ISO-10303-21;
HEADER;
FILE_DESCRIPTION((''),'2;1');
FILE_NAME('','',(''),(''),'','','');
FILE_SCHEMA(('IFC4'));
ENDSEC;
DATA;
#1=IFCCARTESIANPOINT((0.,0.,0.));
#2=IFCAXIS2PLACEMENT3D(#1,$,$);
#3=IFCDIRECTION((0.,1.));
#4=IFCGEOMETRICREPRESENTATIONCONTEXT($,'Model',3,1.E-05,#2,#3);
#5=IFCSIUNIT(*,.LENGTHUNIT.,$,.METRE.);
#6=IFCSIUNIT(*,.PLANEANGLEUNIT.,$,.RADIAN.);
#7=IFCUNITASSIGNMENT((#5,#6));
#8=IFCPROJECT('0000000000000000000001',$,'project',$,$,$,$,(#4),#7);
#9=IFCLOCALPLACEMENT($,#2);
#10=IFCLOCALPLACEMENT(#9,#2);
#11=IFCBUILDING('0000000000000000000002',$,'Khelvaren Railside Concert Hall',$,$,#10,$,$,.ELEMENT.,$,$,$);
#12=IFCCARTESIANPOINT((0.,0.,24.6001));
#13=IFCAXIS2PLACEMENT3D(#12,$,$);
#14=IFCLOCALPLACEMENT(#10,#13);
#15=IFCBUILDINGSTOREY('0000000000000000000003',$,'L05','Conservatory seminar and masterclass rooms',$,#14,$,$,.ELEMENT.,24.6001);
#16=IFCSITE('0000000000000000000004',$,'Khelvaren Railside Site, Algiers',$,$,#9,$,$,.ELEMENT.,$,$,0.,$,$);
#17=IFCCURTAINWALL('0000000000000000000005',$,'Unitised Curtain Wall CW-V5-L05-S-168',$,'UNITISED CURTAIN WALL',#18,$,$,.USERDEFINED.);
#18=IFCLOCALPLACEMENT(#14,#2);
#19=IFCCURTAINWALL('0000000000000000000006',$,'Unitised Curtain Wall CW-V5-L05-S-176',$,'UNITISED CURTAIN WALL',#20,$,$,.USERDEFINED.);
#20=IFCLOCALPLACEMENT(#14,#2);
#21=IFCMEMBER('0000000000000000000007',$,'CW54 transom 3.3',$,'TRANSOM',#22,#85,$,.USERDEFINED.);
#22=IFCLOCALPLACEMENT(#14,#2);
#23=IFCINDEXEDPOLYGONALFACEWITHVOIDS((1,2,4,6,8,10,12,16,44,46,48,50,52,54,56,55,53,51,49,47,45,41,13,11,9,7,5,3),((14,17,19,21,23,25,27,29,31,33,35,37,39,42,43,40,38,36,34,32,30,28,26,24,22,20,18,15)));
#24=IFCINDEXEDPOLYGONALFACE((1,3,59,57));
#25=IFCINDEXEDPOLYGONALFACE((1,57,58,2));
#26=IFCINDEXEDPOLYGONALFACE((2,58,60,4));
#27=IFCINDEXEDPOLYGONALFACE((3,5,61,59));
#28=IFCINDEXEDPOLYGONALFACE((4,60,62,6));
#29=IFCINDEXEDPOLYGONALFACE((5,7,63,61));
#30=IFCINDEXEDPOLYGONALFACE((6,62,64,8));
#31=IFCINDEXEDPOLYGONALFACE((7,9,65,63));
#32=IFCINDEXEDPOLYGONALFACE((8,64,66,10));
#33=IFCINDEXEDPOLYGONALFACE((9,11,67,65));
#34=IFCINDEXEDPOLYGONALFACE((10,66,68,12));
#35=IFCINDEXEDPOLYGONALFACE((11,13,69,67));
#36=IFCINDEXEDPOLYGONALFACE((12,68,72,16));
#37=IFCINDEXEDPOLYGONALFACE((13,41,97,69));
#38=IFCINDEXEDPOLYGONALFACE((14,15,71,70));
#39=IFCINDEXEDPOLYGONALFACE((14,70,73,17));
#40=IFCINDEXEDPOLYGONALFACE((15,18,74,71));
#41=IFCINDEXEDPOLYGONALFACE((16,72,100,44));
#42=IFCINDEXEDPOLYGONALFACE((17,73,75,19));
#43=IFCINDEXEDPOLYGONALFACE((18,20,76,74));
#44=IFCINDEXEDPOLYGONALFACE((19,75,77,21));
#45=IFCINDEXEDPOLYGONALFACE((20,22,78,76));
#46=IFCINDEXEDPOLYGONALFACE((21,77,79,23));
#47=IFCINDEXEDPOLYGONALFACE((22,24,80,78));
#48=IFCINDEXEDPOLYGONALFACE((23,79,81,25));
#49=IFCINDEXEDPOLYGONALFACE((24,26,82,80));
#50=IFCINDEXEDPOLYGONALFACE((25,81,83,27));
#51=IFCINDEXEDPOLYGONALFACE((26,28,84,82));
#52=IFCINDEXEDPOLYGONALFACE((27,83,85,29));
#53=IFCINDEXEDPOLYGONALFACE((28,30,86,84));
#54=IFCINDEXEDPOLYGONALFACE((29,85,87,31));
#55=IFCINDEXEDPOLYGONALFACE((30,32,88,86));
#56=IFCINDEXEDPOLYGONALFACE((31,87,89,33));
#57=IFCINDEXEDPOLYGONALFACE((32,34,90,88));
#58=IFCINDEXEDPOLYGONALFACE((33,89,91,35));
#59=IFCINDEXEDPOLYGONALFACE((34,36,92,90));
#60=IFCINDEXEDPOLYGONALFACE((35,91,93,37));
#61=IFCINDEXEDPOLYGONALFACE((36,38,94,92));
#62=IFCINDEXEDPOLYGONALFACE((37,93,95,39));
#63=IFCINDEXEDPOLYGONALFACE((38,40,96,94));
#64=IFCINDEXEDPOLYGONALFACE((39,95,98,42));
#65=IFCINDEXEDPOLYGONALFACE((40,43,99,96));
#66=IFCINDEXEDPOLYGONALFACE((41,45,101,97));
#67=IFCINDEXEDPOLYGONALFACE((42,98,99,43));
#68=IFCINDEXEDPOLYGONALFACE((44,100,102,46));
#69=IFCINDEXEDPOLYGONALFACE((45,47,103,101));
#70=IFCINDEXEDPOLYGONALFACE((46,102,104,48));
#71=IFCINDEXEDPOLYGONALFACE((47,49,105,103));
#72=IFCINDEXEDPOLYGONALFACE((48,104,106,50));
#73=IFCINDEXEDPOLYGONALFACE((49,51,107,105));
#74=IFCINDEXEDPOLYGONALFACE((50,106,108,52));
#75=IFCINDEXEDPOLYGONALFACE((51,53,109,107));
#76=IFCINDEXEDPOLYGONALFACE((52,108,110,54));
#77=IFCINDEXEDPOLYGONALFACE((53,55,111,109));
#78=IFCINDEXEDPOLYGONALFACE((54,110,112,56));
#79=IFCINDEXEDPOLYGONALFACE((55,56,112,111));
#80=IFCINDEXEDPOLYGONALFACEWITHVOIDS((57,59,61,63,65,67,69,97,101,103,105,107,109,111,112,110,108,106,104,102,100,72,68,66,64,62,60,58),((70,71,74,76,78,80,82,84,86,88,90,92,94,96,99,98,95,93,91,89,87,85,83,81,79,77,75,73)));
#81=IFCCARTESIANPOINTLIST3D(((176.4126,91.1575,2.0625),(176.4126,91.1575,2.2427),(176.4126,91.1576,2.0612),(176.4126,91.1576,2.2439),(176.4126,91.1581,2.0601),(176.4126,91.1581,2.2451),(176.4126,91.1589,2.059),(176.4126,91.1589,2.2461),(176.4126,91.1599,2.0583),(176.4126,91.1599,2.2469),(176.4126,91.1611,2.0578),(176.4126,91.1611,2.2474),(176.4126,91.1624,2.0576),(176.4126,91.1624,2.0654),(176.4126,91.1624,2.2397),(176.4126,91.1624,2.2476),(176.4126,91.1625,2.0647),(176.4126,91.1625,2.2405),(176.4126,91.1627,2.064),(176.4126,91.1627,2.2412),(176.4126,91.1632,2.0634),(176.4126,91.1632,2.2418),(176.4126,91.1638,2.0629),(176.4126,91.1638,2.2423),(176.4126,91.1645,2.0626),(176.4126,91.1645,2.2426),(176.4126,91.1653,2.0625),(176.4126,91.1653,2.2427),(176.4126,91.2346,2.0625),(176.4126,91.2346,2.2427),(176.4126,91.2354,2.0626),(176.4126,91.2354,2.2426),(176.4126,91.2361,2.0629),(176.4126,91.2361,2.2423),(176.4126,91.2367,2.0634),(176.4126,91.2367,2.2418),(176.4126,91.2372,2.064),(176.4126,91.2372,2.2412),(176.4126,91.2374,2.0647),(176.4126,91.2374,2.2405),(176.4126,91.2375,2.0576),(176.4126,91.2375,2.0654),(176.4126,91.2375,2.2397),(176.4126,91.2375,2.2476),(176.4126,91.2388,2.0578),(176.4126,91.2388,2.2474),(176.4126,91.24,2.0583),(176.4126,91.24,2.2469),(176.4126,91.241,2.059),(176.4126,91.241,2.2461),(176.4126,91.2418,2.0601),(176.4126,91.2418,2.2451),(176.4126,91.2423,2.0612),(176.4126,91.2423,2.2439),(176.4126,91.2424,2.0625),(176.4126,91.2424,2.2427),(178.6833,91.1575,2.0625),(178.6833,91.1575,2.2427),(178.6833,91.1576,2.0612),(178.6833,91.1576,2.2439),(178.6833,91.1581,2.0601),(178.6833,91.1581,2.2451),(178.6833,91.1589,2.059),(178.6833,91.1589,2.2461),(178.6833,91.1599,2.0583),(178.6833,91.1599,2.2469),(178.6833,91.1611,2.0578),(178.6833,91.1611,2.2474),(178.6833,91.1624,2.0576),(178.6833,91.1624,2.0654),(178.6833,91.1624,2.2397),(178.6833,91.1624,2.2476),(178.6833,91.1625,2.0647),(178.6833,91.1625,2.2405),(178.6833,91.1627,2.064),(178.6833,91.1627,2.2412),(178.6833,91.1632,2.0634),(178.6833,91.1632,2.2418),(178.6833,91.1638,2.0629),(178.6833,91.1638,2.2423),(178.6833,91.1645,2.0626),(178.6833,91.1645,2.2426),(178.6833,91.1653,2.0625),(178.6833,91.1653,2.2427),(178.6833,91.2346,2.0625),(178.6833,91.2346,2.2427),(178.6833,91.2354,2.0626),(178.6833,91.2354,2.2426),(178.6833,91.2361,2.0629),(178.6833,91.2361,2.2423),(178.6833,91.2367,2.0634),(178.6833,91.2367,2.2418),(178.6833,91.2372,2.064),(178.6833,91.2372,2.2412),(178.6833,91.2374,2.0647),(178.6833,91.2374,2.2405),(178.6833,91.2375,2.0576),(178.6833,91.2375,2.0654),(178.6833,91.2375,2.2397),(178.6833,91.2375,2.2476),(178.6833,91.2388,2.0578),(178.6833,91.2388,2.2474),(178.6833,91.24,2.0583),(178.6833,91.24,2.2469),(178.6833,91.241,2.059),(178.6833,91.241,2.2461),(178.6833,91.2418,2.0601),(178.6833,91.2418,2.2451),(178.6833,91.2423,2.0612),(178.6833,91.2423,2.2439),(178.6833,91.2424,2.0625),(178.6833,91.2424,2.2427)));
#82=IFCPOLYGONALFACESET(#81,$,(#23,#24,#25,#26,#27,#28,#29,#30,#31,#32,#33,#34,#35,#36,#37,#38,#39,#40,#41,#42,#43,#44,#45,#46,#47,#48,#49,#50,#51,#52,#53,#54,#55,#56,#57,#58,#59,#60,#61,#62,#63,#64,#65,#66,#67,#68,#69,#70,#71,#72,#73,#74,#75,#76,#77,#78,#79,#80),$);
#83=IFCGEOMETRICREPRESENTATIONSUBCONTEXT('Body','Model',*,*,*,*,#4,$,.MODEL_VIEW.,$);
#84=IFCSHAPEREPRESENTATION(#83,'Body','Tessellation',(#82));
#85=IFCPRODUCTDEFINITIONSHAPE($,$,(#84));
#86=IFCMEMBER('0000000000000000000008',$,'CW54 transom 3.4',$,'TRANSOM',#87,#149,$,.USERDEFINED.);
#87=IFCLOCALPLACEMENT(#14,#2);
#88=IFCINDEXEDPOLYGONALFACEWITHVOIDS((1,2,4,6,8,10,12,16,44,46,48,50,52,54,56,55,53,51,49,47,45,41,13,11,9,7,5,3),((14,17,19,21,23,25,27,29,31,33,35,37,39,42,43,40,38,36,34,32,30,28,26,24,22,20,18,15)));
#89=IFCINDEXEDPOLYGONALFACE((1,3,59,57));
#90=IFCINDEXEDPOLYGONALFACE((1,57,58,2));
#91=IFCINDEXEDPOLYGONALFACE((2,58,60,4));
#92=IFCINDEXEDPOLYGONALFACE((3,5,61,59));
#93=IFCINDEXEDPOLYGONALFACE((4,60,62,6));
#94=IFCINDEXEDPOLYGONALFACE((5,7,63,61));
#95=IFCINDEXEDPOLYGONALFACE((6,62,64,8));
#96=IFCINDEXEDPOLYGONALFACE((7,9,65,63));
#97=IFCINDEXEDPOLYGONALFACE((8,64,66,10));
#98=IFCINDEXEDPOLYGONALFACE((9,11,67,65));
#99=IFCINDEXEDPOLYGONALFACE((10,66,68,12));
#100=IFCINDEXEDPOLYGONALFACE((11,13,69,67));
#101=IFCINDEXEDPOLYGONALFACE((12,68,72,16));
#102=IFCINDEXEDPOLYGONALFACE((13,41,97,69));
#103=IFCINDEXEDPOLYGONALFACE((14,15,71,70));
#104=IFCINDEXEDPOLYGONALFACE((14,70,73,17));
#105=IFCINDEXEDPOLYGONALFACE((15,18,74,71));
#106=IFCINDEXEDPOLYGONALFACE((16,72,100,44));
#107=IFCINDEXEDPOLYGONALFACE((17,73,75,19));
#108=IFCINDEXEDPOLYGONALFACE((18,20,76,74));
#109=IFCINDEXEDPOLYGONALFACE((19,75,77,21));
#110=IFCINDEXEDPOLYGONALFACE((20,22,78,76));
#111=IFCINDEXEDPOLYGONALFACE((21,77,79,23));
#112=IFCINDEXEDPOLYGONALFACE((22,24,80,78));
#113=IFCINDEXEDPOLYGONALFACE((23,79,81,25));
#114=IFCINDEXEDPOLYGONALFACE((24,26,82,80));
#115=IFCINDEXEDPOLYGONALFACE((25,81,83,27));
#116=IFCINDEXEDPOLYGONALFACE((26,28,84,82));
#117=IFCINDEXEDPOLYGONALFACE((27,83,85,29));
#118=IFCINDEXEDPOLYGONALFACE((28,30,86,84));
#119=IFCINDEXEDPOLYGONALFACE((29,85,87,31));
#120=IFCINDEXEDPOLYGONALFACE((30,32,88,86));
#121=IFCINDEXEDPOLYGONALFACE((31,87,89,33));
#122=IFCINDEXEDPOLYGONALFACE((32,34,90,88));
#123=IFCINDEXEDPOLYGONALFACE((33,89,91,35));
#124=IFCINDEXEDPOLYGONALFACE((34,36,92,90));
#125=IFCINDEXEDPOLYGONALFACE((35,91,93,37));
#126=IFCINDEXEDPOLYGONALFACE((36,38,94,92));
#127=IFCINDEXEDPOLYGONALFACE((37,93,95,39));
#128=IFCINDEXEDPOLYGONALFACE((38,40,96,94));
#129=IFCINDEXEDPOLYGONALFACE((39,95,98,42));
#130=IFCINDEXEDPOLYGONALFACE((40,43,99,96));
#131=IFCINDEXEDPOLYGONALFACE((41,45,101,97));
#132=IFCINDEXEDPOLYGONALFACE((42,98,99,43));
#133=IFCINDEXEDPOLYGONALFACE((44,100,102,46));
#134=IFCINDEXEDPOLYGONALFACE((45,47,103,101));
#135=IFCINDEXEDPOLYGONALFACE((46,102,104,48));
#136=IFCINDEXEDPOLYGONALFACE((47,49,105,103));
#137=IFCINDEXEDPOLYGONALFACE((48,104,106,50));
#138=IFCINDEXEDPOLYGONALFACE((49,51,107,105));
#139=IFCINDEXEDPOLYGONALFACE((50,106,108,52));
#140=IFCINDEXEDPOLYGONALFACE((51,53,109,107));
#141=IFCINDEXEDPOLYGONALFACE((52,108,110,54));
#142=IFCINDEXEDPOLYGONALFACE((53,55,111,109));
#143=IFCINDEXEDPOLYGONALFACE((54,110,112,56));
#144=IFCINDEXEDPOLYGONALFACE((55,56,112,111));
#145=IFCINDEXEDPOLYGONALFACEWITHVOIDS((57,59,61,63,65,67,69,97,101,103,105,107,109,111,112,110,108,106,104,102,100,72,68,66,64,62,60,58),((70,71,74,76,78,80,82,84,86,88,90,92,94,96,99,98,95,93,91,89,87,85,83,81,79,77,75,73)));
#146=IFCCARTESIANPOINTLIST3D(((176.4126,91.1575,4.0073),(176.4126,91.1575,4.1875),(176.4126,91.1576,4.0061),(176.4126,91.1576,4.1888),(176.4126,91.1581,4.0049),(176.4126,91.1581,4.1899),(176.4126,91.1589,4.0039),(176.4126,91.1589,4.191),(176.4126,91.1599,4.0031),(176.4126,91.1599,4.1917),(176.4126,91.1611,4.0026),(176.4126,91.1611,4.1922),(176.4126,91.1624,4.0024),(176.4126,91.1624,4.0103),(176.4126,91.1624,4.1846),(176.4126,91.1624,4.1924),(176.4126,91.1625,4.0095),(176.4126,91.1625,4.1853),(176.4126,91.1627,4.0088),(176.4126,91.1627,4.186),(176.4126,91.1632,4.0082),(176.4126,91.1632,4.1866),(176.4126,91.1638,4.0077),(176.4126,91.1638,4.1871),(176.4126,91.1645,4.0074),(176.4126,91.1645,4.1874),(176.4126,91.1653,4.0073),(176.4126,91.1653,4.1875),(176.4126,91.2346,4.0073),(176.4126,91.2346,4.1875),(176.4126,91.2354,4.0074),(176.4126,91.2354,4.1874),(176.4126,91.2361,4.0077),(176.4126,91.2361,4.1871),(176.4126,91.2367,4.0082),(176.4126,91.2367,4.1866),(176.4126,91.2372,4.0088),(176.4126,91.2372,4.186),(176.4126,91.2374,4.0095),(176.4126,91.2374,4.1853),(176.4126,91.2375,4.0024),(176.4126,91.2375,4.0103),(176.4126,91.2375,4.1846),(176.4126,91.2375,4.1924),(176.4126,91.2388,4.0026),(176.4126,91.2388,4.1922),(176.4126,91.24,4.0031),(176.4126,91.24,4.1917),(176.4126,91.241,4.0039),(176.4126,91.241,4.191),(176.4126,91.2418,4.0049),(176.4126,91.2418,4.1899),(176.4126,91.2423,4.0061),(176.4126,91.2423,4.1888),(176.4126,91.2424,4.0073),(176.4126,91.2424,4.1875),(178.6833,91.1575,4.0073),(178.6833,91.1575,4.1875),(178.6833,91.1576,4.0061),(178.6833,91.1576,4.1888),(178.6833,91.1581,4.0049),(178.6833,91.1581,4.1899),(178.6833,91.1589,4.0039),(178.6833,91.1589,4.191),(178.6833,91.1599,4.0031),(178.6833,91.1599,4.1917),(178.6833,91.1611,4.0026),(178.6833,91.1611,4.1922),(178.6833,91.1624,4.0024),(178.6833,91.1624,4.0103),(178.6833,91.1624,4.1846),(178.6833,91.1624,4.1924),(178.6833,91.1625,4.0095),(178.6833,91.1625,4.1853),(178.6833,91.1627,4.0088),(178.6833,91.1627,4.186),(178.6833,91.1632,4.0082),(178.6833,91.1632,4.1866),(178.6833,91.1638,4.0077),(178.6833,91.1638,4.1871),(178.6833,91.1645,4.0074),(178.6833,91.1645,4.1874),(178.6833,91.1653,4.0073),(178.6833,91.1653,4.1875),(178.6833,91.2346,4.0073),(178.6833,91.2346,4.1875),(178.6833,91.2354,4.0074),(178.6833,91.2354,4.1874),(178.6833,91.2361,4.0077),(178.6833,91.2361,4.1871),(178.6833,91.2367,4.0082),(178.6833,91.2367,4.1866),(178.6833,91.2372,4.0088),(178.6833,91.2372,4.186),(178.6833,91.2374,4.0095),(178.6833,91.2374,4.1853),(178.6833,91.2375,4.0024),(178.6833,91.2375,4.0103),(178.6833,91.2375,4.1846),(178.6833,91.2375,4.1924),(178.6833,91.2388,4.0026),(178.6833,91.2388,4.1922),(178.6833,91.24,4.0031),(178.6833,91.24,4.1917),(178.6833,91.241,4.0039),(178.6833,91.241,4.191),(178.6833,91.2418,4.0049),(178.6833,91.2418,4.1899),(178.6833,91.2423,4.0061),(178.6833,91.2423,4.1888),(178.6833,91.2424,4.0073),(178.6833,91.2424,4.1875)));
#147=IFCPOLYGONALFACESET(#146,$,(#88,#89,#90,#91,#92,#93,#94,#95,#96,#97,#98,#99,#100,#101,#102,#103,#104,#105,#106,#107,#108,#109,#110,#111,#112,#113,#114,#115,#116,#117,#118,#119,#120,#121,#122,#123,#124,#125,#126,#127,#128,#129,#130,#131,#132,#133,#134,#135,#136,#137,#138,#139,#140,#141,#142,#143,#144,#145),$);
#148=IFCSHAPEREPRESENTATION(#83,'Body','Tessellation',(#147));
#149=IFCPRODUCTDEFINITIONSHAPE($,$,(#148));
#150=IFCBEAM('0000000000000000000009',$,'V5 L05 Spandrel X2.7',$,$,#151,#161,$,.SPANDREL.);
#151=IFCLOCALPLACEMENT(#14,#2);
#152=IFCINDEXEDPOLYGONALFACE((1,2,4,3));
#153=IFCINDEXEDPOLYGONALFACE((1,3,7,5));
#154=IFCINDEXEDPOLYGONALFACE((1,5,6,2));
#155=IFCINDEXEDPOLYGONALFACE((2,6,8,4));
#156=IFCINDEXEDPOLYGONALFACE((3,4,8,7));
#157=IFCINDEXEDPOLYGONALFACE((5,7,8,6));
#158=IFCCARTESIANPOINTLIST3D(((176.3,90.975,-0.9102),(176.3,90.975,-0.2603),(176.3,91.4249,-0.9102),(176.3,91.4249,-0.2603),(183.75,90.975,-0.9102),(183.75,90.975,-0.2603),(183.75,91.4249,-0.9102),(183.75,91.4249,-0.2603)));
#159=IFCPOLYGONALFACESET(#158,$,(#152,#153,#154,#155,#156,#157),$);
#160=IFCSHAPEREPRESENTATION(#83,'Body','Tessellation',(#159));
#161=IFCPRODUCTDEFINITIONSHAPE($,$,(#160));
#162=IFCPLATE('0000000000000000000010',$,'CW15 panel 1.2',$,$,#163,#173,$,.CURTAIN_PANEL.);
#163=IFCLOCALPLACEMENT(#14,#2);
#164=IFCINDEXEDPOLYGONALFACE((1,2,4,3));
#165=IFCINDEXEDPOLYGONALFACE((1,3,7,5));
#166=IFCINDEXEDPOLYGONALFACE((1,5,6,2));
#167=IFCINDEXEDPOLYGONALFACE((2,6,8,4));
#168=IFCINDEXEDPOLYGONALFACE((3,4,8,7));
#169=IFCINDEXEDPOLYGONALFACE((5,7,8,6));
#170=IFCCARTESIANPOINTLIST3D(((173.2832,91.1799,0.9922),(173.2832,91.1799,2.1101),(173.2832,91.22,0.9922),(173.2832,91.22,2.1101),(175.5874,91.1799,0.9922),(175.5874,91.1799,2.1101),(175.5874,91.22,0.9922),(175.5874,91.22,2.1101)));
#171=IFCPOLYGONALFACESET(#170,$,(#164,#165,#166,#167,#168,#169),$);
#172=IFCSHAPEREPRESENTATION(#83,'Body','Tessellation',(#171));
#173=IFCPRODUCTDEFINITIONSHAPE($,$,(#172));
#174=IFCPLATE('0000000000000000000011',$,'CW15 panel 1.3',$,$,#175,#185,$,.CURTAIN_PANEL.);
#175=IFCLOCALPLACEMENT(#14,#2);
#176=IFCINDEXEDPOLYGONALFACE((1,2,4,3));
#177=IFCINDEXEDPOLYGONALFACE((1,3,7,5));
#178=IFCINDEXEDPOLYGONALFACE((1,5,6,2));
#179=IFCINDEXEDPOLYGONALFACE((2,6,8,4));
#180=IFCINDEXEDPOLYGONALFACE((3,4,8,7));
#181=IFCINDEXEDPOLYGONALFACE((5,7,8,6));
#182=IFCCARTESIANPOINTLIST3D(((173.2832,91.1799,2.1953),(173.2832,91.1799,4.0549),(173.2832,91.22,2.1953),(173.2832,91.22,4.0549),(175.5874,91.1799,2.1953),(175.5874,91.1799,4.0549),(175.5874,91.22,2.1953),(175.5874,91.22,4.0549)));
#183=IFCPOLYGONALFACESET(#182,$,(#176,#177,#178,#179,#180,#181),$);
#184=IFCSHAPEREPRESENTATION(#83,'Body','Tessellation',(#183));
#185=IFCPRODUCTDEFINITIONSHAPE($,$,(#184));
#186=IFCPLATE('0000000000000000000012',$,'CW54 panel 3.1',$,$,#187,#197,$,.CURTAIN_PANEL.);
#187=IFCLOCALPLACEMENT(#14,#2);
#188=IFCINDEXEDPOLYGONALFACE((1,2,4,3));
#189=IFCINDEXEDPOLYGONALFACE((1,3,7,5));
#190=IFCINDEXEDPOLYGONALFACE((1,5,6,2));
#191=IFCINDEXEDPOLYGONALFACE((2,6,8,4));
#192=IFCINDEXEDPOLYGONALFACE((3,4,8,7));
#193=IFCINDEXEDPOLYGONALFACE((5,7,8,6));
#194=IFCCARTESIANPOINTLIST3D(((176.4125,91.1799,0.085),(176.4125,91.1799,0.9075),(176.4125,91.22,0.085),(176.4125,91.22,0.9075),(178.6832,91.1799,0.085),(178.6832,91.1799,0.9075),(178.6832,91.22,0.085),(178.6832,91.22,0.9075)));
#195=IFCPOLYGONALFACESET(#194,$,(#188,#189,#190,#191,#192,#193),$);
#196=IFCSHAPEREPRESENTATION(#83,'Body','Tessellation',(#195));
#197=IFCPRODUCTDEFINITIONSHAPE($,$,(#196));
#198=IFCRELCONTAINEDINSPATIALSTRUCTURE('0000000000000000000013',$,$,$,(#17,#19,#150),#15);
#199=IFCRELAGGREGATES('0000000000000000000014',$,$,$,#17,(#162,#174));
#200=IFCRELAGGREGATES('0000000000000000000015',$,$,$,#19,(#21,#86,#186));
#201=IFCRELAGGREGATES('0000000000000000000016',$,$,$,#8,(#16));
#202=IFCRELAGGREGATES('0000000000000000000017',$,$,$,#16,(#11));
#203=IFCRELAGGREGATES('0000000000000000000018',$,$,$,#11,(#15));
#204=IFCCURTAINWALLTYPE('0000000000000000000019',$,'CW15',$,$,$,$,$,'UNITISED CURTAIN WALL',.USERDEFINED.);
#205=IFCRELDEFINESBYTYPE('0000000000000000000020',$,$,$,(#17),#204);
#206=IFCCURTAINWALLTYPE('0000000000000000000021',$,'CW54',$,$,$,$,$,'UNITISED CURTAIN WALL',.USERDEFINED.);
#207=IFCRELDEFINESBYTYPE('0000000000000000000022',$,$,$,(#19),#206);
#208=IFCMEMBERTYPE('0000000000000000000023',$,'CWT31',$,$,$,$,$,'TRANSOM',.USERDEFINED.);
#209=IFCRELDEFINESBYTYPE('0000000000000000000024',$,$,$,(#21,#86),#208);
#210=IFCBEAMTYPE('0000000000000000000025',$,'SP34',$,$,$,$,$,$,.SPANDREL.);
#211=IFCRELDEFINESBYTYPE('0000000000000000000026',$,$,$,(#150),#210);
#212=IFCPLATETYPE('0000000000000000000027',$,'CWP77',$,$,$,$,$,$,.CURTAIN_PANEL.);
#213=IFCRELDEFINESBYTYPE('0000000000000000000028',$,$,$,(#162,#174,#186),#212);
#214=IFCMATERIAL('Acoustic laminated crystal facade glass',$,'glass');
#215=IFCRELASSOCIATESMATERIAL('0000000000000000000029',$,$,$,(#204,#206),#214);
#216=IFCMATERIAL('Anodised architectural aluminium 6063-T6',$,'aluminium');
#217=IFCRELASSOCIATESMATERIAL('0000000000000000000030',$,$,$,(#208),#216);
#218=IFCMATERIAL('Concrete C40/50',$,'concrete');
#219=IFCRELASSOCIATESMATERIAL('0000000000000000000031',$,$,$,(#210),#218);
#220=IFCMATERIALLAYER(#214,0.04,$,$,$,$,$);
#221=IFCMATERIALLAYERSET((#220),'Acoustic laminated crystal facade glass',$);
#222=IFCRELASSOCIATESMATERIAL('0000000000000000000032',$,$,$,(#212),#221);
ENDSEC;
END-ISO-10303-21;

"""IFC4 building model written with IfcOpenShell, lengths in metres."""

from ifc_helpers import new_model, si_unit, direction, frame, origin, origin_2d, place, context, subcontext, project, spatial, rectangle, hollow_rectangle, extrude, material, layer, layer_set, material_profile, profile_set, type_object, element, aggregate, save


model = new_model("IFC4")

# Units and contexts
model_context = context("Model", 3, precision=1e-05, world=origin(), true_north=direction((0.0, 1.0)))
body_context = subcontext(model_context, "Body", "Model", "MODEL_VIEW")
ifc_project = project(units=[si_unit("LENGTHUNIT", "METRE"), si_unit("PLANEANGLEUNIT", "RADIAN")], contexts=[model_context])

# Site, building, storey
site_placement = place(None, origin())
site = spatial("IfcSite", under=ifc_project, at=site_placement, Name="Khelvaren Railside Site, Algiers", CompositionType="ELEMENT", RefElevation=0.0)
building_placement = place(site_placement, origin())
building = spatial("IfcBuilding", under=site, at=building_placement, Name="Khelvaren Railside Concert Hall", CompositionType="ELEMENT")
storey_placement = place(building_placement, frame((0.0, 0.0, 24.6001)))
storey = spatial("IfcBuildingStorey", under=building, at=storey_placement, Name="L05", Description="Conservatory seminar and masterclass rooms", CompositionType="ELEMENT", Elevation=24.6001)

# Curtain wall
ifc_material_1 = material(Name="Acoustic laminated crystal facade glass", Category="glass")
curtain_wall_type_1 = type_object("IfcCurtainWallType", Name="CW15", ElementType="UNITISED CURTAIN WALL", PredefinedType="USERDEFINED", material=ifc_material_1)
curtain_wall_1_placement = place(storey_placement, origin())
curtain_wall_1 = element("IfcCurtainWall", 1, at=curtain_wall_1_placement, inside=storey, type_object=curtain_wall_type_1, Name="Unitised Curtain Wall CW-V5-L05-S-168", ObjectType="UNITISED CURTAIN WALL", PredefinedType="USERDEFINED")
ifc_material_2 = material(Name="Anodised architectural aluminium 6063-T6", Category="aluminium")

# Curtain wall
curtain_wall_type_2 = type_object("IfcCurtainWallType", Name="CW54", ElementType="UNITISED CURTAIN WALL", PredefinedType="USERDEFINED", material=ifc_material_1)
curtain_wall_2_placement = place(storey_placement, origin())
curtain_wall_2 = element("IfcCurtainWall", 2, at=curtain_wall_2_placement, inside=storey, type_object=curtain_wall_type_2, Name="Unitised Curtain Wall CW-V5-L05-S-176", ObjectType="UNITISED CURTAIN WALL", PredefinedType="USERDEFINED")

# Members
ifc_material_profile_1 = material_profile(ifc_material_2, hollow_rectangle(XDim=0.085, YDim=0.1899, WallThickness=0.0049, InnerFilletRadius=0.0029, OuterFilletRadius=0.0049, at=origin_2d()), Name="CWT 85x190x5")
ifc_profile_set_1 = profile_set([ifc_material_profile_1], Name="Anodised architectural aluminium 6063-T6")
member_type_1 = type_object("IfcMemberType", Name="CWT31", ElementType="TRANSOM", PredefinedType="USERDEFINED", material=ifc_profile_set_1)
member_1_placement = place(storey_placement, frame((178.6833, 91.2, 2.1526), z_axis=(-1.0, 0.0, 0.0), x_axis=(0.0, -1.0, 0.0)))
member_1 = element("IfcMember", 3, at=member_1_placement, type_object=member_type_1, Name="CW54 transom 3.3", ObjectType="TRANSOM", PredefinedType="USERDEFINED", context=body_context, shape_type="SweptSolid", body=[
    extrude(hollow_rectangle(XDim=0.085, YDim=0.1899, WallThickness=0.0049, InnerFilletRadius=0.0029, OuterFilletRadius=0.0049, at=origin_2d()), origin(), (0.0, 0.0, 1.0), 2.2708),
])
member_2_placement = place(storey_placement, frame((178.6833, 91.2, 4.0974), z_axis=(-1.0, 0.0, 0.0), x_axis=(0.0, -1.0, 0.0)))
member_2 = element("IfcMember", 4, at=member_2_placement, type_object=member_type_1, Name="CW54 transom 3.4", ObjectType="TRANSOM", PredefinedType="USERDEFINED", context=body_context, shape_type="SweptSolid", body=[
    extrude(hollow_rectangle(XDim=0.085, YDim=0.1899, WallThickness=0.0049, InnerFilletRadius=0.0029, OuterFilletRadius=0.0049, at=origin_2d()), origin(), (0.0, 0.0, 1.0), 2.2708),
])

# Beam
ifc_material_3 = material(Name="Concrete C40/50", Category="concrete")
ifc_material_profile_2 = material_profile(ifc_material_3, rectangle(XDim=0.45, YDim=0.6499, at=origin_2d()), Name="RCB 450x650")
ifc_profile_set_2 = profile_set([ifc_material_profile_2], Name="Concrete C40/50")
beam_type_1 = type_object("IfcBeamType", Name="SP34", PredefinedType="SPANDREL", material=ifc_profile_set_2)
beam_1_placement = place(storey_placement, frame((176.3, 91.2, -0.5852), z_axis=(1.0, 0.0, 0.0), x_axis=(0.0, 1.0, 0.0)))
element("IfcBeam", 5, at=beam_1_placement, inside=storey, type_object=beam_type_1, Name="V5 L05 Spandrel X2.7", PredefinedType="SPANDREL", context=body_context, shape_type="SweptSolid", body=[
    extrude(rectangle(XDim=0.45, YDim=0.6499, at=origin_2d()), origin(), (0.0, 0.0, 1.0), 7.45),
])

# Plates
ifc_layer_1 = layer(ifc_material_1, 0.04)
ifc_layer_set_1 = layer_set([ifc_layer_1], Name="Acoustic laminated crystal facade glass")
plate_type = type_object("IfcPlateType", Name="CWP77", PredefinedType="CURTAIN_PANEL", material=ifc_layer_set_1)
plate_1_placement = place(storey_placement, frame((174.4353, 91.2, 0.9922), z_axis=(0.0, 0.0, 1.0), x_axis=(-1.0, 0.0, 0.0)))
plate_1 = element("IfcPlate", 6, at=plate_1_placement, type_object=plate_type, Name="CW15 panel 1.2", PredefinedType="CURTAIN_PANEL", context=body_context, shape_type="SweptSolid", body=[
    extrude(rectangle(XDim=2.3042, YDim=0.04, at=origin_2d()), origin(), (0.0, 0.0, 1.0), 1.1179),
])
plate_2_placement = place(storey_placement, frame((174.4353, 91.2, 2.1953), z_axis=(0.0, 0.0, 1.0), x_axis=(-1.0, 0.0, 0.0)))
plate_2 = element("IfcPlate", 7, at=plate_2_placement, type_object=plate_type, Name="CW15 panel 1.3", PredefinedType="CURTAIN_PANEL", context=body_context, shape_type="SweptSolid", body=[
    extrude(rectangle(XDim=2.3042, YDim=0.04, at=origin_2d()), origin(), (0.0, 0.0, 1.0), 1.8596),
])
aggregate(curtain_wall_1, [plate_1, plate_2])
plate_3_placement = place(storey_placement, frame((177.5479, 91.2, 0.085), z_axis=(0.0, 0.0, 1.0), x_axis=(-1.0, 0.0, 0.0)))
plate_3 = element("IfcPlate", 8, at=plate_3_placement, type_object=plate_type, Name="CW54 panel 3.1", PredefinedType="CURTAIN_PANEL", context=body_context, shape_type="SweptSolid", body=[
    extrude(rectangle(XDim=2.2708, YDim=0.04, at=origin_2d()), origin(), (0.0, 0.0, 1.0), 0.8225),
])
aggregate(curtain_wall_2, [member_1, member_2, plate_3])

save(model, "model.ifc")
